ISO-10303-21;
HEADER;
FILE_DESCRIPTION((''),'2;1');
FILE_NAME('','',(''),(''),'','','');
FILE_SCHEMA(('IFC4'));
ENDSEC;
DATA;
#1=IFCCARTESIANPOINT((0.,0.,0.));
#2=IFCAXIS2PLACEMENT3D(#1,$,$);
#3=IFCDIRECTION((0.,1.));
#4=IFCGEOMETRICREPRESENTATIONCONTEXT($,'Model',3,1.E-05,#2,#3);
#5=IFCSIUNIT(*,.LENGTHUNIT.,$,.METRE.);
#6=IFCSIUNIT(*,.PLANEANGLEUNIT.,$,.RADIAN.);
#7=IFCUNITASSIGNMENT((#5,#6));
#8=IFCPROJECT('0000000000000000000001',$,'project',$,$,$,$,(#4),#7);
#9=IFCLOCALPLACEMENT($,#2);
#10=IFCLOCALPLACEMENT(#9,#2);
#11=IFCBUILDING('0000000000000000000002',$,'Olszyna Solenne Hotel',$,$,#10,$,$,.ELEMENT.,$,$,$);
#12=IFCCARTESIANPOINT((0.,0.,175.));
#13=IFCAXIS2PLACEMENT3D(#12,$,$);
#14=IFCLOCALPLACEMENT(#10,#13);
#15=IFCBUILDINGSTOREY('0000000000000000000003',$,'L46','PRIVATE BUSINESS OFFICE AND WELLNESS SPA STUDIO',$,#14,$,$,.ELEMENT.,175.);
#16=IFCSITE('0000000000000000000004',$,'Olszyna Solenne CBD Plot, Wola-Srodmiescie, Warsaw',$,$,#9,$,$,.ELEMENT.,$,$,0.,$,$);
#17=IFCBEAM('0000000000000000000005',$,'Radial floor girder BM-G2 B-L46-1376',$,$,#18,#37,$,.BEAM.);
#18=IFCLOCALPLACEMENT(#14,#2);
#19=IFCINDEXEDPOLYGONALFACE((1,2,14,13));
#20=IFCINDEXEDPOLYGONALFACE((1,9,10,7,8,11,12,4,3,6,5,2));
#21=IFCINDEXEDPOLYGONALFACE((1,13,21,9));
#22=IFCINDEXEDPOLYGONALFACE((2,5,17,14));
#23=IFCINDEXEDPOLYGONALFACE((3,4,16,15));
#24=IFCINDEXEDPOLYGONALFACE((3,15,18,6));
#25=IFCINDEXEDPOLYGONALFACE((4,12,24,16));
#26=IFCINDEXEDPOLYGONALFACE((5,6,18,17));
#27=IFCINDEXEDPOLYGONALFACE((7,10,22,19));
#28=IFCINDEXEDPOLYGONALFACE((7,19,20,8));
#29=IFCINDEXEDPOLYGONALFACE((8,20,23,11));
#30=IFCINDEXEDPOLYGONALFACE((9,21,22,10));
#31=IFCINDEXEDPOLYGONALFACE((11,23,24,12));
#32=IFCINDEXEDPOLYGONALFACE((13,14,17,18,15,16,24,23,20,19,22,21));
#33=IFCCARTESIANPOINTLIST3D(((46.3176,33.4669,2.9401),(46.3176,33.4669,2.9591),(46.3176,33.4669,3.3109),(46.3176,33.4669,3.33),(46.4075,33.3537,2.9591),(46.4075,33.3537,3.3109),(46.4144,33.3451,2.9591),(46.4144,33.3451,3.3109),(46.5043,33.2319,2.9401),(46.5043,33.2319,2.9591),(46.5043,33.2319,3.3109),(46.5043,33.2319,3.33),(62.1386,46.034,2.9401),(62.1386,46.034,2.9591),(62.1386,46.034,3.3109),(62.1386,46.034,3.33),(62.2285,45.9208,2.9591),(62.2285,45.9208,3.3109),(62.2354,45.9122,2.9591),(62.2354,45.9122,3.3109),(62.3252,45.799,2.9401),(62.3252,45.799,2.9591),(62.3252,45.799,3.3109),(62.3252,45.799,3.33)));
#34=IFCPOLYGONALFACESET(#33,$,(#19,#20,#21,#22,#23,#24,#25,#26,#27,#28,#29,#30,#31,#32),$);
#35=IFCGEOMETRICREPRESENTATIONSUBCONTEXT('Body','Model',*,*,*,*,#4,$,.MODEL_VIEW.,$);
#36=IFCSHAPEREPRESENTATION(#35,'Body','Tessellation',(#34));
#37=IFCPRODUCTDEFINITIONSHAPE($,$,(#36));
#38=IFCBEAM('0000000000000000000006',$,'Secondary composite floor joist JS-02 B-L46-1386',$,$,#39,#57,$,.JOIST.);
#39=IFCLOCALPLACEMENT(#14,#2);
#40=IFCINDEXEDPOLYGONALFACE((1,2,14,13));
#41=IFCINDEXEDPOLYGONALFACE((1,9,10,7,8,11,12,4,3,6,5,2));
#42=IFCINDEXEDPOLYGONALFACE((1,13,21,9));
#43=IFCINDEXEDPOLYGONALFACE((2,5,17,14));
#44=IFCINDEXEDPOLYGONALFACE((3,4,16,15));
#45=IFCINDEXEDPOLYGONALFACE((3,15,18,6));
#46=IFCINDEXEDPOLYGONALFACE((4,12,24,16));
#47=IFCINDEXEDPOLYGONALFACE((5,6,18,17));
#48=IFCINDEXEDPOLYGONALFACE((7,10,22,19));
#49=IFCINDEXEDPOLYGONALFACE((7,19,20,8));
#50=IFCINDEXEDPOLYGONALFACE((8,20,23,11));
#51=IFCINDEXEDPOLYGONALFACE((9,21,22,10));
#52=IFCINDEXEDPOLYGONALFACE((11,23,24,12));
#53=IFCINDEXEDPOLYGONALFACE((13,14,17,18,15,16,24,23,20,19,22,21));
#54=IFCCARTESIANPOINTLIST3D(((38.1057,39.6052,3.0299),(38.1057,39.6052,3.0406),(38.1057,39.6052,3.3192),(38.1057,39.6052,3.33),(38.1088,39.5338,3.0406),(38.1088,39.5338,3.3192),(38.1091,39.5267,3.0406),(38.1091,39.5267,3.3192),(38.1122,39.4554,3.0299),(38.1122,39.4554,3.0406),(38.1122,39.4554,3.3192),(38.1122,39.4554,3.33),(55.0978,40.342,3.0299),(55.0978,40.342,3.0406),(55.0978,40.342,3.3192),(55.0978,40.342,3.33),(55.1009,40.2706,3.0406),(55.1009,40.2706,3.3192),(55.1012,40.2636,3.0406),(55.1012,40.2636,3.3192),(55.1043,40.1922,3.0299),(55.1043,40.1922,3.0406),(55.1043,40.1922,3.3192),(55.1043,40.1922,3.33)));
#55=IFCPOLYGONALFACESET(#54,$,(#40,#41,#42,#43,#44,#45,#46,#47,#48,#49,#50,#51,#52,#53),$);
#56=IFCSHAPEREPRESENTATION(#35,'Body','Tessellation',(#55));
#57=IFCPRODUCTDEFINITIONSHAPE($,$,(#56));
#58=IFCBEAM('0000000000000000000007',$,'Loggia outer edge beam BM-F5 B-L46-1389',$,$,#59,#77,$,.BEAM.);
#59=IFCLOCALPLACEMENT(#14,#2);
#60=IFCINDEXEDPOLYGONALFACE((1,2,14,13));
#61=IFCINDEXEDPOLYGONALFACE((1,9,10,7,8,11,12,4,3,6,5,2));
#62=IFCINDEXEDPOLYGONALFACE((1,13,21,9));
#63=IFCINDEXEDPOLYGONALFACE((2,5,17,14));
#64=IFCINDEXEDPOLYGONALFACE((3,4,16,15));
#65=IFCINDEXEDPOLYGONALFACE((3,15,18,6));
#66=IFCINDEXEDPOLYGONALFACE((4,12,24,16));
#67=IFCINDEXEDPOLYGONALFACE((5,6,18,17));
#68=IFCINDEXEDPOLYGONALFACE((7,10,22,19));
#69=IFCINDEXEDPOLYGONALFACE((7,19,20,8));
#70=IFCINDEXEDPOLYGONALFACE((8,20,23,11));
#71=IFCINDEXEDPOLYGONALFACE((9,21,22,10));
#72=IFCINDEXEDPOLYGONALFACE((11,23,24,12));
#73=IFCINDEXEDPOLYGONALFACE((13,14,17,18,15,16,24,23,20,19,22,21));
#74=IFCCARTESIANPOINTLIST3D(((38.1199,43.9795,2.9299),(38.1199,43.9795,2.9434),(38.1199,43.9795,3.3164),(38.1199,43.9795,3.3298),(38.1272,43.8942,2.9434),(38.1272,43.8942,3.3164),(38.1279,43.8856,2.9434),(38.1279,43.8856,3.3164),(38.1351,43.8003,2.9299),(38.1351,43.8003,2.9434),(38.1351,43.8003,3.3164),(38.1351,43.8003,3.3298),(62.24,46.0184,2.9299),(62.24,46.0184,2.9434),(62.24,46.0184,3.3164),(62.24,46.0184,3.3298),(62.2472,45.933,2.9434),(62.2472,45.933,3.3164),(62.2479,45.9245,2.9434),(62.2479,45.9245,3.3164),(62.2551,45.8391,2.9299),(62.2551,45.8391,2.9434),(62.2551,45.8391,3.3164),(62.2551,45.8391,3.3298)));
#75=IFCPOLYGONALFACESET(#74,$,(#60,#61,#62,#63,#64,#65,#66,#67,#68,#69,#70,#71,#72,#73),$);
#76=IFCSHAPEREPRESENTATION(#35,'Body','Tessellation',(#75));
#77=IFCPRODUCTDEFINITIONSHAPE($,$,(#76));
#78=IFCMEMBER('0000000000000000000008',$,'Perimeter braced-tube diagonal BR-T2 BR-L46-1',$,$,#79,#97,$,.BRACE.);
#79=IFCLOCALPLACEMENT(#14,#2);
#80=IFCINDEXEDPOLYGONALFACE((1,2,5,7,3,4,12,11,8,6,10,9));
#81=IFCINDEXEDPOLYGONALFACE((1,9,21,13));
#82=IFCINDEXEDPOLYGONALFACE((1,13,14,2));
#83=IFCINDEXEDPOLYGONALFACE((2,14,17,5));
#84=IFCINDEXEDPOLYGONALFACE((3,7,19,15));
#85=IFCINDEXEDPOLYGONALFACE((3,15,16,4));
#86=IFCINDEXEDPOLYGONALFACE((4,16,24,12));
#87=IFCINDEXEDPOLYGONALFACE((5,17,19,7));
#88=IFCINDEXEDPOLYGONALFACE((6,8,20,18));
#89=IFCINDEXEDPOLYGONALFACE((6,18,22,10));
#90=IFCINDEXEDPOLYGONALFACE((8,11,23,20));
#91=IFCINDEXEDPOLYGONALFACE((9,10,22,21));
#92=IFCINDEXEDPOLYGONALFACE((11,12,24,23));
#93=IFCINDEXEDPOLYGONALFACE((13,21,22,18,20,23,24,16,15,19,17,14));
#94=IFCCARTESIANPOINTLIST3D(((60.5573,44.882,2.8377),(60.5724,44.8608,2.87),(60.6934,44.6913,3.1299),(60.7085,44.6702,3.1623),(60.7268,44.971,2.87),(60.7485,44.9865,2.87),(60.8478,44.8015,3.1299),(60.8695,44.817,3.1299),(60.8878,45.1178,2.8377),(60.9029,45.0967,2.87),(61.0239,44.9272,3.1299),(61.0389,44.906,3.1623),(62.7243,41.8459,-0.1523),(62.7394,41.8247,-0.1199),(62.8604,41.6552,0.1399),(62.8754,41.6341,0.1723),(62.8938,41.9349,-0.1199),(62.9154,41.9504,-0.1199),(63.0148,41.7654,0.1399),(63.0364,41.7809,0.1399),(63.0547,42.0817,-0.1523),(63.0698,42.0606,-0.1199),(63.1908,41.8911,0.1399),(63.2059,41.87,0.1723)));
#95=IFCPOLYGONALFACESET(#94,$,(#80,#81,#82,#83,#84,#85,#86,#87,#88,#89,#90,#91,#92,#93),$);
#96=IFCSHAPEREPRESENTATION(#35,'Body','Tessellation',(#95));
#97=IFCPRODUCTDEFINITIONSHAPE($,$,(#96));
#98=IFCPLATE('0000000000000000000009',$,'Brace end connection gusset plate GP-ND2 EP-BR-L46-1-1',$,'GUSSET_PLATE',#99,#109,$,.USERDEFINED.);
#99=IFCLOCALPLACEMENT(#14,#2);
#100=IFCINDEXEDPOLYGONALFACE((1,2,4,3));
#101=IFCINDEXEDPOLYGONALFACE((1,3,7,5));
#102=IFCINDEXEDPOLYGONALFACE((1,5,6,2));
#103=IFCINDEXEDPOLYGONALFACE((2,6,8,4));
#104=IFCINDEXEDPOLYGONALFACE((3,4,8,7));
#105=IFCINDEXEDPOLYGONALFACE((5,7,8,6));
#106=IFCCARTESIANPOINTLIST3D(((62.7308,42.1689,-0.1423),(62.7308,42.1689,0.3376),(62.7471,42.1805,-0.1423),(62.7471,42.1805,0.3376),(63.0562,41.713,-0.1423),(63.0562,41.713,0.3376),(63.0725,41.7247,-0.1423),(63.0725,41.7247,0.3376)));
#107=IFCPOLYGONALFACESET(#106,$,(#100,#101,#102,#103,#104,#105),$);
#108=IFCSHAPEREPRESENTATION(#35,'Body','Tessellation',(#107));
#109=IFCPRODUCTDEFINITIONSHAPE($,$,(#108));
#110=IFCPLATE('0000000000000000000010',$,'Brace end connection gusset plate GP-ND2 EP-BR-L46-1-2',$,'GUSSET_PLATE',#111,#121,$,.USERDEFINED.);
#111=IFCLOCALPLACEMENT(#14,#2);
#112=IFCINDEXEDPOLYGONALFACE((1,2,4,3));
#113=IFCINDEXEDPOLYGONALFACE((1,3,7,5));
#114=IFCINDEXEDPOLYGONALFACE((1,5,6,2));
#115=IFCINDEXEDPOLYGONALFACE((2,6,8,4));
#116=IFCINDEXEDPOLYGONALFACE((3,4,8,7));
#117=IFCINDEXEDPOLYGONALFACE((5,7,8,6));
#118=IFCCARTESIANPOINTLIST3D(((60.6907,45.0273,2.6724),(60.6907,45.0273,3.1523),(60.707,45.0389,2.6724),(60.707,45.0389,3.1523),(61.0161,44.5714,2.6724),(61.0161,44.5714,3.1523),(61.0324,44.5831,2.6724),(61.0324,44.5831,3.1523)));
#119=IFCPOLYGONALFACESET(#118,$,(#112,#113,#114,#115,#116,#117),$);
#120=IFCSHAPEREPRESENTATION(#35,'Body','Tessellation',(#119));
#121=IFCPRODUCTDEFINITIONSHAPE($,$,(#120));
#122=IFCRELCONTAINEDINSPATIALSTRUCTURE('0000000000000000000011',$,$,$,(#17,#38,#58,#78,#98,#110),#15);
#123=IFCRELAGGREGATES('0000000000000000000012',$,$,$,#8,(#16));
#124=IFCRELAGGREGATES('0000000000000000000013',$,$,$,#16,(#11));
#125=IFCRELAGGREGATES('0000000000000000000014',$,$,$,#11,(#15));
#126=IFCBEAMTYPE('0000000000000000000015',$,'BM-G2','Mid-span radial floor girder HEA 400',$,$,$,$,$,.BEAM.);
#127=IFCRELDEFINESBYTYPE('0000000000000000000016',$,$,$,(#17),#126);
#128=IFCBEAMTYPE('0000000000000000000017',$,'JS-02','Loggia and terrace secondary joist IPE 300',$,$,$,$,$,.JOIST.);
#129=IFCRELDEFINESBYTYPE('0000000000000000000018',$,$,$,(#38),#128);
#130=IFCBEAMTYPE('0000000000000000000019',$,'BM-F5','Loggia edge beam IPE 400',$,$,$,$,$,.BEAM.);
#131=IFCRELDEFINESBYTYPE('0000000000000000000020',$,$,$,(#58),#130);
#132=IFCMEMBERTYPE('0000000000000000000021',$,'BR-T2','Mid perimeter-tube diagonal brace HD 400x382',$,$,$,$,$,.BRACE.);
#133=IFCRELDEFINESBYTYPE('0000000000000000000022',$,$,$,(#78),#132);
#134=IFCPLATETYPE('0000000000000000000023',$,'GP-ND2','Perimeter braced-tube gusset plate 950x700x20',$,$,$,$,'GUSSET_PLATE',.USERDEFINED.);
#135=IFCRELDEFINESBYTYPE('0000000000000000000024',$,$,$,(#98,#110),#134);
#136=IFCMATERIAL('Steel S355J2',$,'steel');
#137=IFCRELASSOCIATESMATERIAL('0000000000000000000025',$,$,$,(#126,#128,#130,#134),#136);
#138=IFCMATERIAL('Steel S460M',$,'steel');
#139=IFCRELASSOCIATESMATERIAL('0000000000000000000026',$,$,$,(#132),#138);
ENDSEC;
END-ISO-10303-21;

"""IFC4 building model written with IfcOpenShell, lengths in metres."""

from ifc_helpers import new_model, si_unit, direction, frame, origin, origin_2d, place, context, subcontext, project, spatial, rectangle, i_section, extrude, source, transform, mapped, material, material_profile, profile_set, type_object, element, save


model = new_model("IFC4")

# Units and contexts
model_context = context("Model", 3, precision=1e-05, world=origin(), true_north=direction((0.0, 1.0)))
body_context = subcontext(model_context, "Body", "Model", "MODEL_VIEW")
ifc_project = project(units=[si_unit("LENGTHUNIT", "METRE"), si_unit("PLANEANGLEUNIT", "RADIAN")], contexts=[model_context])

# Site, building, storey
site_placement = place(None, origin())
site = spatial("IfcSite", under=ifc_project, at=site_placement, Name="Olszyna Solenne CBD Plot, Wola-Srodmiescie, Warsaw", CompositionType="ELEMENT", RefElevation=0.0)
building_placement = place(site_placement, origin())
building = spatial("IfcBuilding", under=site, at=building_placement, Name="Olszyna Solenne Hotel", CompositionType="ELEMENT")
storey_placement = place(building_placement, frame((0.0, 0.0, 175.0)))
storey = spatial("IfcBuildingStorey", under=building, at=storey_placement, Name="L46", Description="PRIVATE BUSINESS OFFICE AND WELLNESS SPA STUDIO", CompositionType="ELEMENT", Elevation=175.0)

# Shared definitions
ifc_material_1 = material(Name="Steel S460M", Category="steel")

# Beams
ifc_material_2 = material(Name="Steel S355J2", Category="steel")
ifc_material_profile_1 = material_profile(ifc_material_2, i_section(OverallWidth=0.3, OverallDepth=0.3899, WebThickness=0.011, FlangeThickness=0.019, at=origin_2d()), Name="HEA 400", Category="load-bearing")
ifc_profile_set_1 = profile_set([ifc_material_profile_1], Name="Steel S355J2")
beam_type_1 = type_object("IfcBeamType", Name="BM-G2", Description="Mid-span radial floor girder HEA 400", PredefinedType="BEAM", material=ifc_profile_set_1)
shared_shape_1 = source(origin(), body_context, "Body", "SweptSolid", [
    extrude(i_section(OverallWidth=0.3, OverallDepth=0.3899, WebThickness=0.011, FlangeThickness=0.019, at=origin_2d()), origin(), (0.0, 0.0, 1.0), 20.2048),
])
beam_1_placement = place(storey_placement, frame((62.2319, 45.9165, 3.135), z_axis=(-0.78303, -0.621984, 0.0), x_axis=(0.621984, -0.78303, 0.0)))
element("IfcBeam", 1, at=beam_1_placement, inside=storey, type_object=beam_type_1, Name="Radial floor girder BM-G2 B-L46-1376", PredefinedType="BEAM", context=body_context, shape_type="MappedRepresentation", body=[
    mapped(shared_shape_1, transform((0.0, 0.0, 0.0), x_axis=(1.0, 0.0, 0.0), y_axis=(0.0, 1.0, 0.0), z_axis=(0.0, 0.0, 1.0), scale=1.0)),
])
ifc_material_profile_2 = material_profile(ifc_material_2, i_section(OverallWidth=0.1499, OverallDepth=0.3, WebThickness=0.0071, FlangeThickness=0.0107, at=origin_2d()), Name="IPE 300", Category="load-bearing")
ifc_profile_set_2 = profile_set([ifc_material_profile_2], Name="Steel S355J2")
beam_type_2 = type_object("IfcBeamType", Name="JS-02", Description="Loggia and terrace secondary joist IPE 300", PredefinedType="JOIST", material=ifc_profile_set_2)
shared_shape_2 = source(origin(), body_context, "Body", "SweptSolid", [
    extrude(i_section(OverallWidth=0.1499, OverallDepth=0.3, WebThickness=0.0071, FlangeThickness=0.0107, at=origin_2d()), origin(), (0.0, 0.0, 1.0), 17.0081),
])
beam_2_placement = place(storey_placement, frame((55.1011, 40.2671, 3.1799), z_axis=(-0.999061, -0.043321, 0.0), x_axis=(0.043321, -0.999061, 0.0)))
element("IfcBeam", 2, at=beam_2_placement, inside=storey, type_object=beam_type_2, Name="Secondary composite floor joist JS-02 B-L46-1386", PredefinedType="JOIST", context=body_context, shape_type="MappedRepresentation", body=[
    mapped(shared_shape_2, transform((0.0, 0.0, 0.0), x_axis=(1.0, 0.0, 0.0), y_axis=(0.0, 1.0, 0.0), z_axis=(0.0, 0.0, 1.0), scale=1.0)),
])
ifc_material_profile_3 = material_profile(ifc_material_2, i_section(OverallWidth=0.1799, OverallDepth=0.3999, WebThickness=0.0085, FlangeThickness=0.0134, at=origin_2d()), Name="IPE 400", Category="load-bearing")
ifc_profile_set_3 = profile_set([ifc_material_profile_3], Name="Steel S355J2")
beam_type_3 = type_object("IfcBeamType", Name="BM-F5", Description="Loggia edge beam IPE 400", PredefinedType="BEAM", material=ifc_profile_set_3)
shared_shape_3 = source(origin(), body_context, "Body", "SweptSolid", [
    extrude(i_section(OverallWidth=0.1799, OverallDepth=0.3999, WebThickness=0.0085, FlangeThickness=0.0134, at=origin_2d()), origin(), (0.0, 0.0, 1.0), 24.2061),
])
beam_3_placement = place(storey_placement, frame((62.2476, 45.9287, 3.1299), z_axis=(-0.996447, -0.084227, 0.0), x_axis=(0.084227, -0.996447, 0.0)))
element("IfcBeam", 3, at=beam_3_placement, inside=storey, type_object=beam_type_3, Name="Loggia outer edge beam BM-F5 B-L46-1389", PredefinedType="BEAM", context=body_context, shape_type="MappedRepresentation", body=[
    mapped(shared_shape_3, transform((0.0, 0.0, 0.0), x_axis=(1.0, 0.0, 0.0), y_axis=(0.0, 1.0, 0.0), z_axis=(0.0, 0.0, 1.0), scale=1.0)),
])

# Member
ifc_material_profile_4 = material_profile(ifc_material_1, i_section(OverallWidth=0.406, OverallDepth=0.416, WebThickness=0.0266, FlangeThickness=0.0415, at=origin_2d()), Name="HD 400x382", Category="load-bearing")
ifc_profile_set_4 = profile_set([ifc_material_profile_4], Name="Steel S460M")
member_type = type_object("IfcMemberType", Name="BR-T2", Description="Mid perimeter-tube diagonal brace HD 400x382", PredefinedType="BRACE", material=ifc_profile_set_4)
shared_shape_4 = source(origin(), body_context, "Body", "SweptSolid", [
    extrude(i_section(OverallWidth=0.406, OverallDepth=0.416, WebThickness=0.0266, FlangeThickness=0.0415, at=origin_2d()), origin(), (0.0, 0.0, 1.0), 4.7805),
])
member_placement = place(storey_placement, frame((62.9651, 41.8579, 0.01), z_axis=(-0.45329, 0.635096, 0.625444), x_axis=(-0.813946, -0.580941, 0.0)))
element("IfcMember", 4, at=member_placement, inside=storey, type_object=member_type, Name="Perimeter braced-tube diagonal BR-T2 BR-L46-1", PredefinedType="BRACE", context=body_context, shape_type="MappedRepresentation", body=[
    mapped(shared_shape_4, transform((0.0, 0.0, 0.0), x_axis=(1.0, 0.0, 0.0), y_axis=(0.0, 1.0, 0.0), z_axis=(0.0, 0.0, 1.0), scale=1.0)),
])

# Plates
plate_type = type_object("IfcPlateType", Name="GP-ND2", Description="Perimeter braced-tube gusset plate 950x700x20", ElementType="GUSSET_PLATE", PredefinedType="USERDEFINED", material=ifc_material_2)
shared_shape_5 = source(origin(), body_context, "Body", "SweptSolid", [
    extrude(rectangle(XDim=0.5601, YDim=0.02, at=origin_2d()), origin(), (0.0, 0.0, 1.0), 0.48),
])
for number, where, z_axis, x_axis, name in (
    (5, (62.9016, 41.9468, -0.1423), (0.0, 0.0, 1.0), (-0.580987, 0.813913, 0.0), "Brace end connection gusset plate GP-ND2 EP-BR-L46-1-1"),
    (6, (60.8616, 44.8052, 2.6724), (0.0, 0.0, 1.0), (-0.580987, 0.813913, 0.0), "Brace end connection gusset plate GP-ND2 EP-BR-L46-1-2"),
):
    element("IfcPlate", number, at=place(storey_placement, frame(where, z_axis=z_axis, x_axis=x_axis)), inside=storey, type_object=plate_type, Name=name, ObjectType="GUSSET_PLATE", PredefinedType="USERDEFINED", context=body_context, shape_type="MappedRepresentation", body=[
        mapped(shared_shape_5, transform((0.0, 0.0, 0.0), x_axis=(1.0, 0.0, 0.0), y_axis=(0.0, 1.0, 0.0), z_axis=(0.0, 0.0, 1.0), scale=1.0)),
    ])

save(model, "model.ifc")
